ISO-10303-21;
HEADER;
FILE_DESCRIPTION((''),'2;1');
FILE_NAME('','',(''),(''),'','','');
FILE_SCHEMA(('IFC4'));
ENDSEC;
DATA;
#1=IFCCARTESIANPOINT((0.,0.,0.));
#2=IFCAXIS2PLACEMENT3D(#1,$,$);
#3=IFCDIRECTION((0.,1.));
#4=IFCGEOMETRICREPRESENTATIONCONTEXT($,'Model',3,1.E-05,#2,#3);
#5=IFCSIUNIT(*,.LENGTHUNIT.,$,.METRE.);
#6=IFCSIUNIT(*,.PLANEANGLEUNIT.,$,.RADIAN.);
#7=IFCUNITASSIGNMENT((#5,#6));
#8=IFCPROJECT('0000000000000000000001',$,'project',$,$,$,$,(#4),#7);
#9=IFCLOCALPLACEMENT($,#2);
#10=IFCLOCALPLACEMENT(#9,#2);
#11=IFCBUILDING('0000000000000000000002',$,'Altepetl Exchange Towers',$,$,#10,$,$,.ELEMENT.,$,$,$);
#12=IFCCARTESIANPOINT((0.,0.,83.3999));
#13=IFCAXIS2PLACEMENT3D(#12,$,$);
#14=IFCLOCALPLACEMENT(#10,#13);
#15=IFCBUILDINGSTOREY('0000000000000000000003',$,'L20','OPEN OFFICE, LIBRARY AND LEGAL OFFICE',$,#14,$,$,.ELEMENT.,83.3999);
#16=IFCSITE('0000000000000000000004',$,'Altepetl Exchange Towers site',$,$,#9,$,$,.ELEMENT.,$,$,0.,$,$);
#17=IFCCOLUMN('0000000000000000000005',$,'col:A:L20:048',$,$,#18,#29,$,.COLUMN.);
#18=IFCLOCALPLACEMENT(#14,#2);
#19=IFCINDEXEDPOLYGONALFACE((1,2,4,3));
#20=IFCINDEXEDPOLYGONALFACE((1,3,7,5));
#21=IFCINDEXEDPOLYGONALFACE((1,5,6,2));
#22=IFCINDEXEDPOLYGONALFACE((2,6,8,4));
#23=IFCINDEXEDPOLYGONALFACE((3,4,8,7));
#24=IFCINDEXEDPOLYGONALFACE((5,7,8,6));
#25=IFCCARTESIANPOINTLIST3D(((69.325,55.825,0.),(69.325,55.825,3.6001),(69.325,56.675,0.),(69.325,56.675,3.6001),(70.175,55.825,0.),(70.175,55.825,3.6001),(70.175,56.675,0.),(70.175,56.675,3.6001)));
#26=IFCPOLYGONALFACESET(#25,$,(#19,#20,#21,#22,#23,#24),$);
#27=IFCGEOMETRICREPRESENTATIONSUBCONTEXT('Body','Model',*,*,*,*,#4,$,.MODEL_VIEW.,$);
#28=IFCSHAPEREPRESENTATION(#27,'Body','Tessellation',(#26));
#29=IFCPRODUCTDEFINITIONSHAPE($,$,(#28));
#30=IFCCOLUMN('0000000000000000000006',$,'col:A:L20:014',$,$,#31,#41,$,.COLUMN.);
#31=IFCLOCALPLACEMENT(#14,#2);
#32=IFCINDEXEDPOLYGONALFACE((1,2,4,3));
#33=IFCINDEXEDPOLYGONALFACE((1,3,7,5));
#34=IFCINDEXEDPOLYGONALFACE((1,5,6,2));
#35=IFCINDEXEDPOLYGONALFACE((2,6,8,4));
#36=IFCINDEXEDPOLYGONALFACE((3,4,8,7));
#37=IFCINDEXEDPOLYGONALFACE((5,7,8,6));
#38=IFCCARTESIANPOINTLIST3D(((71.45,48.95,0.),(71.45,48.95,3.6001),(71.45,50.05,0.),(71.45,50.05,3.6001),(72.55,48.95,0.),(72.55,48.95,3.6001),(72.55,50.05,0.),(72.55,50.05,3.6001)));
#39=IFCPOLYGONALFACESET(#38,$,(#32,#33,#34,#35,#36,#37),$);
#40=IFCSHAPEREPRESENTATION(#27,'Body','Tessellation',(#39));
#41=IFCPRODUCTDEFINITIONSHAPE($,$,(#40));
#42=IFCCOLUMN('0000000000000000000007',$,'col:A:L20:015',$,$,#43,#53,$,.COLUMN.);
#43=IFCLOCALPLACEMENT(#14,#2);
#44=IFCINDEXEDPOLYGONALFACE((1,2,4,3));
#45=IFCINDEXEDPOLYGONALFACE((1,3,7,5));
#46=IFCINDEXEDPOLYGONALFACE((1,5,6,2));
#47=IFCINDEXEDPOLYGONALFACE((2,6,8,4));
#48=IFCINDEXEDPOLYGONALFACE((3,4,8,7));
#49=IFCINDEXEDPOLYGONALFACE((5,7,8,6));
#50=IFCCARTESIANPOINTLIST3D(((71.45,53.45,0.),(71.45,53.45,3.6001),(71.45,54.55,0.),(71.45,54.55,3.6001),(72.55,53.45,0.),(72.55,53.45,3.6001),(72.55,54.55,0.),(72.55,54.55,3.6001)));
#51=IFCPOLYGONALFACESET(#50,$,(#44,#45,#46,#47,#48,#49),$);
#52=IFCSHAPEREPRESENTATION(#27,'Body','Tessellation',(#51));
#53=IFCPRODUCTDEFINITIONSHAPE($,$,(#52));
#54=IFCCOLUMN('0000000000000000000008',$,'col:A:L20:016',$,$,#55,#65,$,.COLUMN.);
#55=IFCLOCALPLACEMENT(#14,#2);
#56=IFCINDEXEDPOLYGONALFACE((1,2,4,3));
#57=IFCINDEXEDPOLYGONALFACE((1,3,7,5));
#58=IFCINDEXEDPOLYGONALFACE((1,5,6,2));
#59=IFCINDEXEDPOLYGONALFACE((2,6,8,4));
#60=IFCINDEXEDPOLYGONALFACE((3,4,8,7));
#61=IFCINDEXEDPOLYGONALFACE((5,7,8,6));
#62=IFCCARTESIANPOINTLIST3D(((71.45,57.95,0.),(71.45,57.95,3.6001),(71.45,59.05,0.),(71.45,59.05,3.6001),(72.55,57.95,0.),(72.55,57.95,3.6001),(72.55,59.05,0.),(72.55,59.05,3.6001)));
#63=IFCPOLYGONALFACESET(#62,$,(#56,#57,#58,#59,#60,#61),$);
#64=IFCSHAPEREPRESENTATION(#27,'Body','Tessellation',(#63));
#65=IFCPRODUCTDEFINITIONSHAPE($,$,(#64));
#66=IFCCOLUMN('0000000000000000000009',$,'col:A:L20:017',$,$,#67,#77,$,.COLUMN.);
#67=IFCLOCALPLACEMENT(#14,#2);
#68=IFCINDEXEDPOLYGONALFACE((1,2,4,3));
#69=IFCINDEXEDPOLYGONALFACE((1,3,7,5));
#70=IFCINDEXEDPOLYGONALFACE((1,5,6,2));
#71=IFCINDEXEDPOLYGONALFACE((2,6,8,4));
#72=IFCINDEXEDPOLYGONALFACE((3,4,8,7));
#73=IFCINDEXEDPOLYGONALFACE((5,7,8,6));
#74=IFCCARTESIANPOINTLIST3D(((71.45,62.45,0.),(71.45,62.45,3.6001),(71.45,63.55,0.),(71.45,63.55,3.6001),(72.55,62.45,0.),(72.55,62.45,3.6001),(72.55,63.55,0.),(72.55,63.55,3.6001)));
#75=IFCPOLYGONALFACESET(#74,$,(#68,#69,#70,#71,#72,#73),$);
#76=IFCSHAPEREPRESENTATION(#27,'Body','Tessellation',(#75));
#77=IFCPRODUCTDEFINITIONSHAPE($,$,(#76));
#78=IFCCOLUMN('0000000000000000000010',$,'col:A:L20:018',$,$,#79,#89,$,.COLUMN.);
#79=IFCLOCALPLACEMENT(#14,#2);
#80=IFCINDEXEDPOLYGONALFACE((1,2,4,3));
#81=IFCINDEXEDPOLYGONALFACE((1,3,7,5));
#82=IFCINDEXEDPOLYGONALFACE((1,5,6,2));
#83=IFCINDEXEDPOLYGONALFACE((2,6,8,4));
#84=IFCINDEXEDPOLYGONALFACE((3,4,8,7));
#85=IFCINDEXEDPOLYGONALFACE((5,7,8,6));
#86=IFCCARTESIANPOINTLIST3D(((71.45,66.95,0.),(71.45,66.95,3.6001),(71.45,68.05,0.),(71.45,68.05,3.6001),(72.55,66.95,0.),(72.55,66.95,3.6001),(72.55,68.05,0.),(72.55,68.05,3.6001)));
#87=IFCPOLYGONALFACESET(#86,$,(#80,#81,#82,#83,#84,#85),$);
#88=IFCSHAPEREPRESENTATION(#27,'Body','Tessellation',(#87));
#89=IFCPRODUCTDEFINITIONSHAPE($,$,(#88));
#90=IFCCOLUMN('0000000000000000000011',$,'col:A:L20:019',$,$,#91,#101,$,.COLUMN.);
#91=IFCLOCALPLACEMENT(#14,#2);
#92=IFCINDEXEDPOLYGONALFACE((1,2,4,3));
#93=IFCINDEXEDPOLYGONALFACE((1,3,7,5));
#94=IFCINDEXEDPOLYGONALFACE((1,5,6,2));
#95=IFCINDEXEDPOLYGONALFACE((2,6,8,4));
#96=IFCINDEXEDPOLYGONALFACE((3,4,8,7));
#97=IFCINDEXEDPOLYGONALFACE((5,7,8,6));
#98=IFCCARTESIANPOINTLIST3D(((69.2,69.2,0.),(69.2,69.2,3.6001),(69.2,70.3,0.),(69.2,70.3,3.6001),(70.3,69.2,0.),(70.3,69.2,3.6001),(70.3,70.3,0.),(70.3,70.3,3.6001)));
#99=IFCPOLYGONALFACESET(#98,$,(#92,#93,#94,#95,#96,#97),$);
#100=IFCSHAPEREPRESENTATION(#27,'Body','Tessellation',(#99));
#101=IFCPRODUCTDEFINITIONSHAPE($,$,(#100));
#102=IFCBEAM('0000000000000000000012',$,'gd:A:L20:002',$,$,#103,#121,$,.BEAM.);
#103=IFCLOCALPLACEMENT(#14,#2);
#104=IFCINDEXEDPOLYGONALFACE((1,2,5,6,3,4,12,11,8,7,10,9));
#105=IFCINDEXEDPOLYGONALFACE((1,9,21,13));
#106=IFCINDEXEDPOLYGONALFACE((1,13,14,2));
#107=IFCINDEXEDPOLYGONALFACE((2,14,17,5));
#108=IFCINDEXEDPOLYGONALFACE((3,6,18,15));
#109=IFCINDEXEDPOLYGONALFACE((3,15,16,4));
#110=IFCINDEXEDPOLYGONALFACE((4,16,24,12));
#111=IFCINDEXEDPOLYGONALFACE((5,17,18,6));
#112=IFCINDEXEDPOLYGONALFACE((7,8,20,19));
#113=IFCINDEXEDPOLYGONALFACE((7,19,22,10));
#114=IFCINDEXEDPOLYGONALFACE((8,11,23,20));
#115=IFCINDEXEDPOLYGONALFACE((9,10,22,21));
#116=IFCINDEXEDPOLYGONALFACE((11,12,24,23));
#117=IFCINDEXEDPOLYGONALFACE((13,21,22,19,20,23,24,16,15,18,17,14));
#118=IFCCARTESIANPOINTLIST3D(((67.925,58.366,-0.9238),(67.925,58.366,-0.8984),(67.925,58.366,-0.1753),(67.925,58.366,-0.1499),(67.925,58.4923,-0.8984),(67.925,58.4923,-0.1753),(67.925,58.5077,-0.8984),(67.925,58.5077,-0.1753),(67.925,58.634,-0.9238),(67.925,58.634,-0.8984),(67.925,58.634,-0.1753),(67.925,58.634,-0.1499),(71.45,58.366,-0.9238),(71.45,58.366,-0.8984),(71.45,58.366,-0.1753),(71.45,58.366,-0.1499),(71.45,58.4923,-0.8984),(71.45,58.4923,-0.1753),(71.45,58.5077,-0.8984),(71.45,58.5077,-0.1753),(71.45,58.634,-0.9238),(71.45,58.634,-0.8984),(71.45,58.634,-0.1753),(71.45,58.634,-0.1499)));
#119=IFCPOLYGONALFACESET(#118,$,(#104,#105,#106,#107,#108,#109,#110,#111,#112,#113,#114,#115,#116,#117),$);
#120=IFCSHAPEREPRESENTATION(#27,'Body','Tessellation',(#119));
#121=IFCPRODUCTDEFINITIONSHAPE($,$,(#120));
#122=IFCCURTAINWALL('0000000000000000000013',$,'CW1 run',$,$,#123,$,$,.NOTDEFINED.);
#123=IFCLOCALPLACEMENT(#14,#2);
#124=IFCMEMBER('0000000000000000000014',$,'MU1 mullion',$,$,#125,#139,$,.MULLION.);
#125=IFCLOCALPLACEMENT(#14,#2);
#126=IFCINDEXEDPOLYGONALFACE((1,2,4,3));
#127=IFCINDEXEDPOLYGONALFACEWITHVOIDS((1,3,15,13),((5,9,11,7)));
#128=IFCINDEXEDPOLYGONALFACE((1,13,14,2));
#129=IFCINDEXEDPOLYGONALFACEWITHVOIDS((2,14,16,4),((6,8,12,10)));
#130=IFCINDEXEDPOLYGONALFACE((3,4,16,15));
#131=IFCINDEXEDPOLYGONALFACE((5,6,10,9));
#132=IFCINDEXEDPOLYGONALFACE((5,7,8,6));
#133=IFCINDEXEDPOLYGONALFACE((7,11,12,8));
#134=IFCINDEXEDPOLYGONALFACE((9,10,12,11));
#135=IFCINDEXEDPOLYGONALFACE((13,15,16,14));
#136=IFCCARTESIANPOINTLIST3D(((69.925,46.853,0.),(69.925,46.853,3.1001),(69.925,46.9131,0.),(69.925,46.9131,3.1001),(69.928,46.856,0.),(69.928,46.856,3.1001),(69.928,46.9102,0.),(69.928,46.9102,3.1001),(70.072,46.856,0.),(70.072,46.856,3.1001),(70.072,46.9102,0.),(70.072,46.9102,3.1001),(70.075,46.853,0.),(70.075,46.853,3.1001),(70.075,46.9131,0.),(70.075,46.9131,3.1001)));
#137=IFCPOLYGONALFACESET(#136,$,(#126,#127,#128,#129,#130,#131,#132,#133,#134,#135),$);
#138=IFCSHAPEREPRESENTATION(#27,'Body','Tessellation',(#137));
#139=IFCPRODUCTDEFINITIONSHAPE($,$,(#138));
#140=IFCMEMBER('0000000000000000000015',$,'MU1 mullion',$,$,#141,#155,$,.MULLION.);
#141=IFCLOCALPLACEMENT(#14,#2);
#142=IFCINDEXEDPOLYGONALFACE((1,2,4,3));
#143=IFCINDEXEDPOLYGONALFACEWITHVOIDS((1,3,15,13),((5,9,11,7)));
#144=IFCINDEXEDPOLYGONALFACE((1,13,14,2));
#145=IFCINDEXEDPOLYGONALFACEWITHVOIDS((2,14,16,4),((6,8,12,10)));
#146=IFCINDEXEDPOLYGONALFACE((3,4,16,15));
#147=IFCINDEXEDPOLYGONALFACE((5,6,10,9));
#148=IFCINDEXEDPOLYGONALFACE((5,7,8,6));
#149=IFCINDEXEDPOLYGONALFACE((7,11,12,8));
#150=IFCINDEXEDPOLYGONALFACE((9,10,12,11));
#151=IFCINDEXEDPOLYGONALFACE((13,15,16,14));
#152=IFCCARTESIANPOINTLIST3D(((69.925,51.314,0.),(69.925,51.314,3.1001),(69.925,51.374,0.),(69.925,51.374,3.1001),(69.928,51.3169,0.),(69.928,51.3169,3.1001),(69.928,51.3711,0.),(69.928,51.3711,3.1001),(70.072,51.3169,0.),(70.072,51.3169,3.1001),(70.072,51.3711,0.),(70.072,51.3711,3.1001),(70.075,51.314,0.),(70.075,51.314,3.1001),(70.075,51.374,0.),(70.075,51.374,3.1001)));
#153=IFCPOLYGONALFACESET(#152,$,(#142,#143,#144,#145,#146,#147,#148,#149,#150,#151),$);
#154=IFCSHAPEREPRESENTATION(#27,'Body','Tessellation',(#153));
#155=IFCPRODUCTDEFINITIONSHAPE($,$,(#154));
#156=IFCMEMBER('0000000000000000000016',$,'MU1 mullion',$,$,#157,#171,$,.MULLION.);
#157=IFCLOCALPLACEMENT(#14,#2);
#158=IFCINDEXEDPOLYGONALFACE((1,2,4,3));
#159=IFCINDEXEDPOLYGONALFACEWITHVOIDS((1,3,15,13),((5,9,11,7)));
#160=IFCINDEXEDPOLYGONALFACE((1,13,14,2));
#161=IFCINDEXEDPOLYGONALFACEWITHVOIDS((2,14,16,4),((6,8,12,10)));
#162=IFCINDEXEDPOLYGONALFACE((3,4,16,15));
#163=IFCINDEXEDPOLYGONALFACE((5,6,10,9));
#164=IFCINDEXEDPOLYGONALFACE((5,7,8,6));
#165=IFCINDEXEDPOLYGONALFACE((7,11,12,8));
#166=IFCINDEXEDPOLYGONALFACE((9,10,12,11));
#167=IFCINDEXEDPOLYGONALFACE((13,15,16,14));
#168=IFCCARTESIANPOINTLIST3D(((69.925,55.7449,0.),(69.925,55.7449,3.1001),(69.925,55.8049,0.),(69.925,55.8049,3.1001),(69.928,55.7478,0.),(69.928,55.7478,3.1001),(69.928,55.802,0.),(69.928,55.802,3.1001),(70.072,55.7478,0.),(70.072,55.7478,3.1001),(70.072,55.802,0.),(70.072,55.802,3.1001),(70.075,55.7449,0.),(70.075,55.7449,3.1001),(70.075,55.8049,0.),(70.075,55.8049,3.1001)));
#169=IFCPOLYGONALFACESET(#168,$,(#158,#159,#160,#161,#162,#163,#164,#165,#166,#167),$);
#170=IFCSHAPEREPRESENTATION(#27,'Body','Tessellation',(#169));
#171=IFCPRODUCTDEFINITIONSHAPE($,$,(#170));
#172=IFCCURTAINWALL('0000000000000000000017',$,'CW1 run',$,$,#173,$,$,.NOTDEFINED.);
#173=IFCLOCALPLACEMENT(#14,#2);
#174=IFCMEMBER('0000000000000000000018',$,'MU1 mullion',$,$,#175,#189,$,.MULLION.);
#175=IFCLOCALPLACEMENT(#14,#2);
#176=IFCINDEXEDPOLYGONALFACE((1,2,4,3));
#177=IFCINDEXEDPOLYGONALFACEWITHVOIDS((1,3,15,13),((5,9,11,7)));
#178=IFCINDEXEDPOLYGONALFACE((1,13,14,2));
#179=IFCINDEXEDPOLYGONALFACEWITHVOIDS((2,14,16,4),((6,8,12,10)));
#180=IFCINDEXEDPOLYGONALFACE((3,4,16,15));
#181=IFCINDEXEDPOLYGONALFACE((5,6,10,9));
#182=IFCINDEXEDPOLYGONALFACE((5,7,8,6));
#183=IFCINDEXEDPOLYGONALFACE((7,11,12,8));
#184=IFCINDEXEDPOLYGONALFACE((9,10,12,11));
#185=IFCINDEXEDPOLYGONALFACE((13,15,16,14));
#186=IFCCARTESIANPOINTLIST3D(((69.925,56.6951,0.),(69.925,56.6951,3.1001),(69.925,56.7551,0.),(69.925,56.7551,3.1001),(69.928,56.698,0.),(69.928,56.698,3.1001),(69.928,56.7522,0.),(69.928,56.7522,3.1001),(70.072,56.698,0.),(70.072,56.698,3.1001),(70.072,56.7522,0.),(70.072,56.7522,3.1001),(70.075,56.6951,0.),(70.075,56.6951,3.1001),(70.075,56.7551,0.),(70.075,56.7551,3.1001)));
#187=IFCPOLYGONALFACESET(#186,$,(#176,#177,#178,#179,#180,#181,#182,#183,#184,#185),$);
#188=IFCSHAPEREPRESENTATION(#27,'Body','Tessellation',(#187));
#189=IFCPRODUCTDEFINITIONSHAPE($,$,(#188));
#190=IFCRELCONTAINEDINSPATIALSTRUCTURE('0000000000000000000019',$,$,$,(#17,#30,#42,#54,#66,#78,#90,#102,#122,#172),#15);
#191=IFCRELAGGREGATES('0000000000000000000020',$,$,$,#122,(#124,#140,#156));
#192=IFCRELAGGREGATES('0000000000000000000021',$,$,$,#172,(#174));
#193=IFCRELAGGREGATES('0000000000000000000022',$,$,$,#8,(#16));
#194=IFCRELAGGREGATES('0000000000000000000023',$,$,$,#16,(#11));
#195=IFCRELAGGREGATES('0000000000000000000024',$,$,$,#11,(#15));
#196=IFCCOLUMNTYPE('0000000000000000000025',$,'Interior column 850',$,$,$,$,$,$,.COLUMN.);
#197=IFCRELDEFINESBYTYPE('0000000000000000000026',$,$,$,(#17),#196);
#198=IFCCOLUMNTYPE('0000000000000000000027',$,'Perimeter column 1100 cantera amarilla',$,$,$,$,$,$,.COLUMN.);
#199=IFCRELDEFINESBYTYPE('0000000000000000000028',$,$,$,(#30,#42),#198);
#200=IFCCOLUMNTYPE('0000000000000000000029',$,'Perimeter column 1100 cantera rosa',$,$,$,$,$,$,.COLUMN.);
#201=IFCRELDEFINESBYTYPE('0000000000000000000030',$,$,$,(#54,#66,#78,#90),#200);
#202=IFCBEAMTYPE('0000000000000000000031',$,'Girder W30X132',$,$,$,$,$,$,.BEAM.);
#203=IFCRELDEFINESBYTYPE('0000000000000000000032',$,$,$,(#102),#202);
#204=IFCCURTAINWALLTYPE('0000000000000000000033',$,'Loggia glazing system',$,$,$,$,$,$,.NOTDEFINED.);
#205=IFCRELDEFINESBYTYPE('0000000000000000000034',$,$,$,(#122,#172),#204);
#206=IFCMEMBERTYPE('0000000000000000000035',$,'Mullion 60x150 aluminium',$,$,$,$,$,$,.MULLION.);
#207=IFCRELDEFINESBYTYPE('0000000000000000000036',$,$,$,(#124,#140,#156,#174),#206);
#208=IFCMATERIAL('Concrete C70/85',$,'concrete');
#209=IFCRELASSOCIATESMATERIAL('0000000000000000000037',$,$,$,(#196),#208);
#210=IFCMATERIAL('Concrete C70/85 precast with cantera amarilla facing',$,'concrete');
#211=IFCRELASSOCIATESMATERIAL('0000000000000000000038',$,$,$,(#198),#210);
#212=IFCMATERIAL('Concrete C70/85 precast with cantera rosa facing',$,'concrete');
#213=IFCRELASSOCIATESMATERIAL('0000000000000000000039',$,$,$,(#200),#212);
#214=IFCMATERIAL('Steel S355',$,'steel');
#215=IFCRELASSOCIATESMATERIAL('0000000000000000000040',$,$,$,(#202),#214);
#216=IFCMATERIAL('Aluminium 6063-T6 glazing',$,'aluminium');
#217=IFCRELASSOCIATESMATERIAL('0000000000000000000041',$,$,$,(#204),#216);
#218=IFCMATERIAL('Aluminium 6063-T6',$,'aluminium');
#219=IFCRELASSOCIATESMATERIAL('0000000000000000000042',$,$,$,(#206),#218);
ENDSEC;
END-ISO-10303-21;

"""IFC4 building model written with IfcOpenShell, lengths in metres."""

from ifc_helpers import new_model, si_unit, direction, frame, origin, origin_2d, place, context, subcontext, project, spatial, rectangle, hollow_rectangle, i_section, extrude, material, material_profile, profile_set, type_object, element, aggregate, save


model = new_model("IFC4")

# Units and contexts
model_context = context("Model", 3, precision=1e-05, world=origin(), true_north=direction((0.0, 1.0)))
body_context = subcontext(model_context, "Body", "Model", "MODEL_VIEW")
ifc_project = project(units=[si_unit("LENGTHUNIT", "METRE"), si_unit("PLANEANGLEUNIT", "RADIAN")], contexts=[model_context])

# Site, building, storey
site_placement = place(None, origin())
site = spatial("IfcSite", under=ifc_project, at=site_placement, Name="Altepetl Exchange Towers site", CompositionType="ELEMENT", RefElevation=0.0)
building_placement = place(site_placement, origin())
building = spatial("IfcBuilding", under=site, at=building_placement, Name="Altepetl Exchange Towers", CompositionType="ELEMENT")
storey_placement = place(building_placement, frame((0.0, 0.0, 83.3999)))
storey = spatial("IfcBuildingStorey", under=building, at=storey_placement, Name="L20", Description="OPEN OFFICE, LIBRARY AND LEGAL OFFICE", CompositionType="ELEMENT", Elevation=83.3999)

# Columns
ifc_material_1 = material(Name="Concrete C70/85", Category="concrete")
ifc_material_profile_1 = material_profile(ifc_material_1, rectangle(XDim=0.8501, YDim=0.8501, at=origin_2d()), Name="850 x 850")
ifc_profile_set_1 = profile_set([ifc_material_profile_1], Name="Concrete C70/85")
column_type_1 = type_object("IfcColumnType", Name="Interior column 850", PredefinedType="COLUMN", material=ifc_profile_set_1)
column_placement = place(storey_placement, frame((69.75, 56.25, 0.0)))
element("IfcColumn", 1, at=column_placement, inside=storey, type_object=column_type_1, Name="col:A:L20:048", PredefinedType="COLUMN", context=body_context, shape_type="SweptSolid", body=[
    extrude(rectangle(XDim=0.8501, YDim=0.8501, at=origin_2d()), origin(), (0.0, 0.0, 1.0), 3.6001),
])
ifc_material_2 = material(Name="Concrete C70/85 precast with cantera amarilla facing", Category="concrete")
ifc_material_profile_2 = material_profile(ifc_material_2, rectangle(XDim=1.1001, YDim=1.1001, at=origin_2d()), Name="1100 x 1100")
ifc_profile_set_2 = profile_set([ifc_material_profile_2], Name="Concrete C70/85 precast with cantera amarilla facing")
column_type_2 = type_object("IfcColumnType", Name="Perimeter column 1100 cantera amarilla", PredefinedType="COLUMN", material=ifc_profile_set_2)
for number, where, name in (
    (2, (72.0, 49.5, 0.0), "col:A:L20:014"),
    (3, (72.0, 54.0, 0.0), "col:A:L20:015"),
):
    element("IfcColumn", number, at=place(storey_placement, frame(where)), inside=storey, type_object=column_type_2, Name=name, PredefinedType="COLUMN", context=body_context, shape_type="SweptSolid", body=[
        extrude(rectangle(XDim=1.1001, YDim=1.1001, at=origin_2d()), origin(), (0.0, 0.0, 1.0), 3.6001),
    ])
ifc_material_3 = material(Name="Concrete C70/85 precast with cantera rosa facing", Category="concrete")
ifc_material_profile_3 = material_profile(ifc_material_3, rectangle(XDim=1.1001, YDim=1.1001, at=origin_2d()), Name="1100 x 1100")
ifc_profile_set_3 = profile_set([ifc_material_profile_3], Name="Concrete C70/85 precast with cantera rosa facing")
column_type_3 = type_object("IfcColumnType", Name="Perimeter column 1100 cantera rosa", PredefinedType="COLUMN", material=ifc_profile_set_3)
for number, where, name in (
    (4, (72.0, 58.5, 0.0), "col:A:L20:016"),
    (5, (72.0, 63.0, 0.0), "col:A:L20:017"),
    (6, (72.0, 67.5, 0.0), "col:A:L20:018"),
    (7, (69.75, 69.75, 0.0), "col:A:L20:019"),
):
    element("IfcColumn", number, at=place(storey_placement, frame(where)), inside=storey, type_object=column_type_3, Name=name, PredefinedType="COLUMN", context=body_context, shape_type="SweptSolid", body=[
        extrude(rectangle(XDim=1.1001, YDim=1.1001, at=origin_2d()), origin(), (0.0, 0.0, 1.0), 3.6001),
    ])

# Beam
ifc_material_4 = material(Name="Steel S355", Category="steel")
ifc_material_profile_4 = material_profile(ifc_material_4, i_section(OverallWidth=0.2681, OverallDepth=0.7739, WebThickness=0.0154, FlangeThickness=0.0254, at=origin_2d()), Name="W30X132")
ifc_profile_set_4 = profile_set([ifc_material_profile_4], Name="Steel S355")
beam_type_1 = type_object("IfcBeamType", Name="Girder W30X132", PredefinedType="BEAM", material=ifc_profile_set_4)
beam_1_placement = place(storey_placement, frame((67.925, 58.5, -0.5369), z_axis=(1.0, 0.0, 0.0), x_axis=(0.0, 1.0, 0.0)))
element("IfcBeam", 8, at=beam_1_placement, inside=storey, type_object=beam_type_1, Name="gd:A:L20:002", PredefinedType="BEAM", context=body_context, shape_type="SweptSolid", body=[
    extrude(i_section(OverallWidth=0.2681, OverallDepth=0.7739, WebThickness=0.0154, FlangeThickness=0.0254, at=origin_2d()), origin(), (0.0, 0.0, 1.0), 3.5249),
])

# Curtain walls, members
ifc_material_5 = material(Name="Aluminium 6063-T6 glazing", Category="aluminium")
curtain_wall_type = type_object("IfcCurtainWallType", Name="Loggia glazing system", PredefinedType="NOTDEFINED", material=ifc_material_5)
curtain_wall_1_placement = place(storey_placement, origin())
curtain_wall_1 = element("IfcCurtainWall", 9, at=curtain_wall_1_placement, inside=storey, type_object=curtain_wall_type, Name="CW1 run", PredefinedType="NOTDEFINED")
ifc_material_6 = material(Name="Aluminium 6063-T6", Category="aluminium")
ifc_material_profile_5 = material_profile(ifc_material_6, hollow_rectangle(XDim=0.0601, YDim=0.1499, WallThickness=0.0029, at=origin_2d()), Name="Mullion 60x150 aluminium")
ifc_profile_set_5 = profile_set([ifc_material_profile_5], Name="Aluminium 6063-T6")
member_type = type_object("IfcMemberType", Name="Mullion 60x150 aluminium", PredefinedType="MULLION", material=ifc_profile_set_5)
member_1_placement = place(storey_placement, frame((70.0, 46.8831, 0.0), z_axis=(0.0, 0.0, 1.0), x_axis=(0.0, 1.0, 0.0)))
member_1 = element("IfcMember", 10, at=member_1_placement, type_object=member_type, Name="MU1 mullion", PredefinedType="MULLION", context=body_context, shape_type="SweptSolid", body=[
    extrude(hollow_rectangle(XDim=0.0601, YDim=0.1499, WallThickness=0.0029, at=origin_2d()), origin(), (0.0, 0.0, 1.0), 3.1001),
])
member_2_placement = place(storey_placement, frame((70.0, 51.344, 0.0), z_axis=(0.0, 0.0, 1.0), x_axis=(0.0, 1.0, 0.0)))
member_2 = element("IfcMember", 11, at=member_2_placement, type_object=member_type, Name="MU1 mullion", PredefinedType="MULLION", context=body_context, shape_type="SweptSolid", body=[
    extrude(hollow_rectangle(XDim=0.0601, YDim=0.1499, WallThickness=0.0029, at=origin_2d()), origin(), (0.0, 0.0, 1.0), 3.1001),
])
member_3_placement = place(storey_placement, frame((70.0, 55.7749, 0.0), z_axis=(0.0, 0.0, 1.0), x_axis=(0.0, 1.0, 0.0)))
member_3 = element("IfcMember", 12, at=member_3_placement, type_object=member_type, Name="MU1 mullion", PredefinedType="MULLION", context=body_context, shape_type="SweptSolid", body=[
    extrude(hollow_rectangle(XDim=0.0601, YDim=0.1499, WallThickness=0.0029, at=origin_2d()), origin(), (0.0, 0.0, 1.0), 3.1001),
])
curtain_wall_2_placement = place(storey_placement, origin())
curtain_wall_2 = element("IfcCurtainWall", 13, at=curtain_wall_2_placement, inside=storey, type_object=curtain_wall_type, Name="CW1 run", PredefinedType="NOTDEFINED")
member_4_placement = place(storey_placement, frame((70.0, 56.7251, 0.0), z_axis=(0.0, 0.0, 1.0), x_axis=(0.0, 1.0, 0.0)))
member_4 = element("IfcMember", 14, at=member_4_placement, type_object=member_type, Name="MU1 mullion", PredefinedType="MULLION", context=body_context, shape_type="SweptSolid", body=[
    extrude(hollow_rectangle(XDim=0.0601, YDim=0.1499, WallThickness=0.0029, at=origin_2d()), origin(), (0.0, 0.0, 1.0), 3.1001),
])

aggregate(curtain_wall_1, [member_1, member_2, member_3])
aggregate(curtain_wall_2, [member_4])

save(model, "model.ifc")
